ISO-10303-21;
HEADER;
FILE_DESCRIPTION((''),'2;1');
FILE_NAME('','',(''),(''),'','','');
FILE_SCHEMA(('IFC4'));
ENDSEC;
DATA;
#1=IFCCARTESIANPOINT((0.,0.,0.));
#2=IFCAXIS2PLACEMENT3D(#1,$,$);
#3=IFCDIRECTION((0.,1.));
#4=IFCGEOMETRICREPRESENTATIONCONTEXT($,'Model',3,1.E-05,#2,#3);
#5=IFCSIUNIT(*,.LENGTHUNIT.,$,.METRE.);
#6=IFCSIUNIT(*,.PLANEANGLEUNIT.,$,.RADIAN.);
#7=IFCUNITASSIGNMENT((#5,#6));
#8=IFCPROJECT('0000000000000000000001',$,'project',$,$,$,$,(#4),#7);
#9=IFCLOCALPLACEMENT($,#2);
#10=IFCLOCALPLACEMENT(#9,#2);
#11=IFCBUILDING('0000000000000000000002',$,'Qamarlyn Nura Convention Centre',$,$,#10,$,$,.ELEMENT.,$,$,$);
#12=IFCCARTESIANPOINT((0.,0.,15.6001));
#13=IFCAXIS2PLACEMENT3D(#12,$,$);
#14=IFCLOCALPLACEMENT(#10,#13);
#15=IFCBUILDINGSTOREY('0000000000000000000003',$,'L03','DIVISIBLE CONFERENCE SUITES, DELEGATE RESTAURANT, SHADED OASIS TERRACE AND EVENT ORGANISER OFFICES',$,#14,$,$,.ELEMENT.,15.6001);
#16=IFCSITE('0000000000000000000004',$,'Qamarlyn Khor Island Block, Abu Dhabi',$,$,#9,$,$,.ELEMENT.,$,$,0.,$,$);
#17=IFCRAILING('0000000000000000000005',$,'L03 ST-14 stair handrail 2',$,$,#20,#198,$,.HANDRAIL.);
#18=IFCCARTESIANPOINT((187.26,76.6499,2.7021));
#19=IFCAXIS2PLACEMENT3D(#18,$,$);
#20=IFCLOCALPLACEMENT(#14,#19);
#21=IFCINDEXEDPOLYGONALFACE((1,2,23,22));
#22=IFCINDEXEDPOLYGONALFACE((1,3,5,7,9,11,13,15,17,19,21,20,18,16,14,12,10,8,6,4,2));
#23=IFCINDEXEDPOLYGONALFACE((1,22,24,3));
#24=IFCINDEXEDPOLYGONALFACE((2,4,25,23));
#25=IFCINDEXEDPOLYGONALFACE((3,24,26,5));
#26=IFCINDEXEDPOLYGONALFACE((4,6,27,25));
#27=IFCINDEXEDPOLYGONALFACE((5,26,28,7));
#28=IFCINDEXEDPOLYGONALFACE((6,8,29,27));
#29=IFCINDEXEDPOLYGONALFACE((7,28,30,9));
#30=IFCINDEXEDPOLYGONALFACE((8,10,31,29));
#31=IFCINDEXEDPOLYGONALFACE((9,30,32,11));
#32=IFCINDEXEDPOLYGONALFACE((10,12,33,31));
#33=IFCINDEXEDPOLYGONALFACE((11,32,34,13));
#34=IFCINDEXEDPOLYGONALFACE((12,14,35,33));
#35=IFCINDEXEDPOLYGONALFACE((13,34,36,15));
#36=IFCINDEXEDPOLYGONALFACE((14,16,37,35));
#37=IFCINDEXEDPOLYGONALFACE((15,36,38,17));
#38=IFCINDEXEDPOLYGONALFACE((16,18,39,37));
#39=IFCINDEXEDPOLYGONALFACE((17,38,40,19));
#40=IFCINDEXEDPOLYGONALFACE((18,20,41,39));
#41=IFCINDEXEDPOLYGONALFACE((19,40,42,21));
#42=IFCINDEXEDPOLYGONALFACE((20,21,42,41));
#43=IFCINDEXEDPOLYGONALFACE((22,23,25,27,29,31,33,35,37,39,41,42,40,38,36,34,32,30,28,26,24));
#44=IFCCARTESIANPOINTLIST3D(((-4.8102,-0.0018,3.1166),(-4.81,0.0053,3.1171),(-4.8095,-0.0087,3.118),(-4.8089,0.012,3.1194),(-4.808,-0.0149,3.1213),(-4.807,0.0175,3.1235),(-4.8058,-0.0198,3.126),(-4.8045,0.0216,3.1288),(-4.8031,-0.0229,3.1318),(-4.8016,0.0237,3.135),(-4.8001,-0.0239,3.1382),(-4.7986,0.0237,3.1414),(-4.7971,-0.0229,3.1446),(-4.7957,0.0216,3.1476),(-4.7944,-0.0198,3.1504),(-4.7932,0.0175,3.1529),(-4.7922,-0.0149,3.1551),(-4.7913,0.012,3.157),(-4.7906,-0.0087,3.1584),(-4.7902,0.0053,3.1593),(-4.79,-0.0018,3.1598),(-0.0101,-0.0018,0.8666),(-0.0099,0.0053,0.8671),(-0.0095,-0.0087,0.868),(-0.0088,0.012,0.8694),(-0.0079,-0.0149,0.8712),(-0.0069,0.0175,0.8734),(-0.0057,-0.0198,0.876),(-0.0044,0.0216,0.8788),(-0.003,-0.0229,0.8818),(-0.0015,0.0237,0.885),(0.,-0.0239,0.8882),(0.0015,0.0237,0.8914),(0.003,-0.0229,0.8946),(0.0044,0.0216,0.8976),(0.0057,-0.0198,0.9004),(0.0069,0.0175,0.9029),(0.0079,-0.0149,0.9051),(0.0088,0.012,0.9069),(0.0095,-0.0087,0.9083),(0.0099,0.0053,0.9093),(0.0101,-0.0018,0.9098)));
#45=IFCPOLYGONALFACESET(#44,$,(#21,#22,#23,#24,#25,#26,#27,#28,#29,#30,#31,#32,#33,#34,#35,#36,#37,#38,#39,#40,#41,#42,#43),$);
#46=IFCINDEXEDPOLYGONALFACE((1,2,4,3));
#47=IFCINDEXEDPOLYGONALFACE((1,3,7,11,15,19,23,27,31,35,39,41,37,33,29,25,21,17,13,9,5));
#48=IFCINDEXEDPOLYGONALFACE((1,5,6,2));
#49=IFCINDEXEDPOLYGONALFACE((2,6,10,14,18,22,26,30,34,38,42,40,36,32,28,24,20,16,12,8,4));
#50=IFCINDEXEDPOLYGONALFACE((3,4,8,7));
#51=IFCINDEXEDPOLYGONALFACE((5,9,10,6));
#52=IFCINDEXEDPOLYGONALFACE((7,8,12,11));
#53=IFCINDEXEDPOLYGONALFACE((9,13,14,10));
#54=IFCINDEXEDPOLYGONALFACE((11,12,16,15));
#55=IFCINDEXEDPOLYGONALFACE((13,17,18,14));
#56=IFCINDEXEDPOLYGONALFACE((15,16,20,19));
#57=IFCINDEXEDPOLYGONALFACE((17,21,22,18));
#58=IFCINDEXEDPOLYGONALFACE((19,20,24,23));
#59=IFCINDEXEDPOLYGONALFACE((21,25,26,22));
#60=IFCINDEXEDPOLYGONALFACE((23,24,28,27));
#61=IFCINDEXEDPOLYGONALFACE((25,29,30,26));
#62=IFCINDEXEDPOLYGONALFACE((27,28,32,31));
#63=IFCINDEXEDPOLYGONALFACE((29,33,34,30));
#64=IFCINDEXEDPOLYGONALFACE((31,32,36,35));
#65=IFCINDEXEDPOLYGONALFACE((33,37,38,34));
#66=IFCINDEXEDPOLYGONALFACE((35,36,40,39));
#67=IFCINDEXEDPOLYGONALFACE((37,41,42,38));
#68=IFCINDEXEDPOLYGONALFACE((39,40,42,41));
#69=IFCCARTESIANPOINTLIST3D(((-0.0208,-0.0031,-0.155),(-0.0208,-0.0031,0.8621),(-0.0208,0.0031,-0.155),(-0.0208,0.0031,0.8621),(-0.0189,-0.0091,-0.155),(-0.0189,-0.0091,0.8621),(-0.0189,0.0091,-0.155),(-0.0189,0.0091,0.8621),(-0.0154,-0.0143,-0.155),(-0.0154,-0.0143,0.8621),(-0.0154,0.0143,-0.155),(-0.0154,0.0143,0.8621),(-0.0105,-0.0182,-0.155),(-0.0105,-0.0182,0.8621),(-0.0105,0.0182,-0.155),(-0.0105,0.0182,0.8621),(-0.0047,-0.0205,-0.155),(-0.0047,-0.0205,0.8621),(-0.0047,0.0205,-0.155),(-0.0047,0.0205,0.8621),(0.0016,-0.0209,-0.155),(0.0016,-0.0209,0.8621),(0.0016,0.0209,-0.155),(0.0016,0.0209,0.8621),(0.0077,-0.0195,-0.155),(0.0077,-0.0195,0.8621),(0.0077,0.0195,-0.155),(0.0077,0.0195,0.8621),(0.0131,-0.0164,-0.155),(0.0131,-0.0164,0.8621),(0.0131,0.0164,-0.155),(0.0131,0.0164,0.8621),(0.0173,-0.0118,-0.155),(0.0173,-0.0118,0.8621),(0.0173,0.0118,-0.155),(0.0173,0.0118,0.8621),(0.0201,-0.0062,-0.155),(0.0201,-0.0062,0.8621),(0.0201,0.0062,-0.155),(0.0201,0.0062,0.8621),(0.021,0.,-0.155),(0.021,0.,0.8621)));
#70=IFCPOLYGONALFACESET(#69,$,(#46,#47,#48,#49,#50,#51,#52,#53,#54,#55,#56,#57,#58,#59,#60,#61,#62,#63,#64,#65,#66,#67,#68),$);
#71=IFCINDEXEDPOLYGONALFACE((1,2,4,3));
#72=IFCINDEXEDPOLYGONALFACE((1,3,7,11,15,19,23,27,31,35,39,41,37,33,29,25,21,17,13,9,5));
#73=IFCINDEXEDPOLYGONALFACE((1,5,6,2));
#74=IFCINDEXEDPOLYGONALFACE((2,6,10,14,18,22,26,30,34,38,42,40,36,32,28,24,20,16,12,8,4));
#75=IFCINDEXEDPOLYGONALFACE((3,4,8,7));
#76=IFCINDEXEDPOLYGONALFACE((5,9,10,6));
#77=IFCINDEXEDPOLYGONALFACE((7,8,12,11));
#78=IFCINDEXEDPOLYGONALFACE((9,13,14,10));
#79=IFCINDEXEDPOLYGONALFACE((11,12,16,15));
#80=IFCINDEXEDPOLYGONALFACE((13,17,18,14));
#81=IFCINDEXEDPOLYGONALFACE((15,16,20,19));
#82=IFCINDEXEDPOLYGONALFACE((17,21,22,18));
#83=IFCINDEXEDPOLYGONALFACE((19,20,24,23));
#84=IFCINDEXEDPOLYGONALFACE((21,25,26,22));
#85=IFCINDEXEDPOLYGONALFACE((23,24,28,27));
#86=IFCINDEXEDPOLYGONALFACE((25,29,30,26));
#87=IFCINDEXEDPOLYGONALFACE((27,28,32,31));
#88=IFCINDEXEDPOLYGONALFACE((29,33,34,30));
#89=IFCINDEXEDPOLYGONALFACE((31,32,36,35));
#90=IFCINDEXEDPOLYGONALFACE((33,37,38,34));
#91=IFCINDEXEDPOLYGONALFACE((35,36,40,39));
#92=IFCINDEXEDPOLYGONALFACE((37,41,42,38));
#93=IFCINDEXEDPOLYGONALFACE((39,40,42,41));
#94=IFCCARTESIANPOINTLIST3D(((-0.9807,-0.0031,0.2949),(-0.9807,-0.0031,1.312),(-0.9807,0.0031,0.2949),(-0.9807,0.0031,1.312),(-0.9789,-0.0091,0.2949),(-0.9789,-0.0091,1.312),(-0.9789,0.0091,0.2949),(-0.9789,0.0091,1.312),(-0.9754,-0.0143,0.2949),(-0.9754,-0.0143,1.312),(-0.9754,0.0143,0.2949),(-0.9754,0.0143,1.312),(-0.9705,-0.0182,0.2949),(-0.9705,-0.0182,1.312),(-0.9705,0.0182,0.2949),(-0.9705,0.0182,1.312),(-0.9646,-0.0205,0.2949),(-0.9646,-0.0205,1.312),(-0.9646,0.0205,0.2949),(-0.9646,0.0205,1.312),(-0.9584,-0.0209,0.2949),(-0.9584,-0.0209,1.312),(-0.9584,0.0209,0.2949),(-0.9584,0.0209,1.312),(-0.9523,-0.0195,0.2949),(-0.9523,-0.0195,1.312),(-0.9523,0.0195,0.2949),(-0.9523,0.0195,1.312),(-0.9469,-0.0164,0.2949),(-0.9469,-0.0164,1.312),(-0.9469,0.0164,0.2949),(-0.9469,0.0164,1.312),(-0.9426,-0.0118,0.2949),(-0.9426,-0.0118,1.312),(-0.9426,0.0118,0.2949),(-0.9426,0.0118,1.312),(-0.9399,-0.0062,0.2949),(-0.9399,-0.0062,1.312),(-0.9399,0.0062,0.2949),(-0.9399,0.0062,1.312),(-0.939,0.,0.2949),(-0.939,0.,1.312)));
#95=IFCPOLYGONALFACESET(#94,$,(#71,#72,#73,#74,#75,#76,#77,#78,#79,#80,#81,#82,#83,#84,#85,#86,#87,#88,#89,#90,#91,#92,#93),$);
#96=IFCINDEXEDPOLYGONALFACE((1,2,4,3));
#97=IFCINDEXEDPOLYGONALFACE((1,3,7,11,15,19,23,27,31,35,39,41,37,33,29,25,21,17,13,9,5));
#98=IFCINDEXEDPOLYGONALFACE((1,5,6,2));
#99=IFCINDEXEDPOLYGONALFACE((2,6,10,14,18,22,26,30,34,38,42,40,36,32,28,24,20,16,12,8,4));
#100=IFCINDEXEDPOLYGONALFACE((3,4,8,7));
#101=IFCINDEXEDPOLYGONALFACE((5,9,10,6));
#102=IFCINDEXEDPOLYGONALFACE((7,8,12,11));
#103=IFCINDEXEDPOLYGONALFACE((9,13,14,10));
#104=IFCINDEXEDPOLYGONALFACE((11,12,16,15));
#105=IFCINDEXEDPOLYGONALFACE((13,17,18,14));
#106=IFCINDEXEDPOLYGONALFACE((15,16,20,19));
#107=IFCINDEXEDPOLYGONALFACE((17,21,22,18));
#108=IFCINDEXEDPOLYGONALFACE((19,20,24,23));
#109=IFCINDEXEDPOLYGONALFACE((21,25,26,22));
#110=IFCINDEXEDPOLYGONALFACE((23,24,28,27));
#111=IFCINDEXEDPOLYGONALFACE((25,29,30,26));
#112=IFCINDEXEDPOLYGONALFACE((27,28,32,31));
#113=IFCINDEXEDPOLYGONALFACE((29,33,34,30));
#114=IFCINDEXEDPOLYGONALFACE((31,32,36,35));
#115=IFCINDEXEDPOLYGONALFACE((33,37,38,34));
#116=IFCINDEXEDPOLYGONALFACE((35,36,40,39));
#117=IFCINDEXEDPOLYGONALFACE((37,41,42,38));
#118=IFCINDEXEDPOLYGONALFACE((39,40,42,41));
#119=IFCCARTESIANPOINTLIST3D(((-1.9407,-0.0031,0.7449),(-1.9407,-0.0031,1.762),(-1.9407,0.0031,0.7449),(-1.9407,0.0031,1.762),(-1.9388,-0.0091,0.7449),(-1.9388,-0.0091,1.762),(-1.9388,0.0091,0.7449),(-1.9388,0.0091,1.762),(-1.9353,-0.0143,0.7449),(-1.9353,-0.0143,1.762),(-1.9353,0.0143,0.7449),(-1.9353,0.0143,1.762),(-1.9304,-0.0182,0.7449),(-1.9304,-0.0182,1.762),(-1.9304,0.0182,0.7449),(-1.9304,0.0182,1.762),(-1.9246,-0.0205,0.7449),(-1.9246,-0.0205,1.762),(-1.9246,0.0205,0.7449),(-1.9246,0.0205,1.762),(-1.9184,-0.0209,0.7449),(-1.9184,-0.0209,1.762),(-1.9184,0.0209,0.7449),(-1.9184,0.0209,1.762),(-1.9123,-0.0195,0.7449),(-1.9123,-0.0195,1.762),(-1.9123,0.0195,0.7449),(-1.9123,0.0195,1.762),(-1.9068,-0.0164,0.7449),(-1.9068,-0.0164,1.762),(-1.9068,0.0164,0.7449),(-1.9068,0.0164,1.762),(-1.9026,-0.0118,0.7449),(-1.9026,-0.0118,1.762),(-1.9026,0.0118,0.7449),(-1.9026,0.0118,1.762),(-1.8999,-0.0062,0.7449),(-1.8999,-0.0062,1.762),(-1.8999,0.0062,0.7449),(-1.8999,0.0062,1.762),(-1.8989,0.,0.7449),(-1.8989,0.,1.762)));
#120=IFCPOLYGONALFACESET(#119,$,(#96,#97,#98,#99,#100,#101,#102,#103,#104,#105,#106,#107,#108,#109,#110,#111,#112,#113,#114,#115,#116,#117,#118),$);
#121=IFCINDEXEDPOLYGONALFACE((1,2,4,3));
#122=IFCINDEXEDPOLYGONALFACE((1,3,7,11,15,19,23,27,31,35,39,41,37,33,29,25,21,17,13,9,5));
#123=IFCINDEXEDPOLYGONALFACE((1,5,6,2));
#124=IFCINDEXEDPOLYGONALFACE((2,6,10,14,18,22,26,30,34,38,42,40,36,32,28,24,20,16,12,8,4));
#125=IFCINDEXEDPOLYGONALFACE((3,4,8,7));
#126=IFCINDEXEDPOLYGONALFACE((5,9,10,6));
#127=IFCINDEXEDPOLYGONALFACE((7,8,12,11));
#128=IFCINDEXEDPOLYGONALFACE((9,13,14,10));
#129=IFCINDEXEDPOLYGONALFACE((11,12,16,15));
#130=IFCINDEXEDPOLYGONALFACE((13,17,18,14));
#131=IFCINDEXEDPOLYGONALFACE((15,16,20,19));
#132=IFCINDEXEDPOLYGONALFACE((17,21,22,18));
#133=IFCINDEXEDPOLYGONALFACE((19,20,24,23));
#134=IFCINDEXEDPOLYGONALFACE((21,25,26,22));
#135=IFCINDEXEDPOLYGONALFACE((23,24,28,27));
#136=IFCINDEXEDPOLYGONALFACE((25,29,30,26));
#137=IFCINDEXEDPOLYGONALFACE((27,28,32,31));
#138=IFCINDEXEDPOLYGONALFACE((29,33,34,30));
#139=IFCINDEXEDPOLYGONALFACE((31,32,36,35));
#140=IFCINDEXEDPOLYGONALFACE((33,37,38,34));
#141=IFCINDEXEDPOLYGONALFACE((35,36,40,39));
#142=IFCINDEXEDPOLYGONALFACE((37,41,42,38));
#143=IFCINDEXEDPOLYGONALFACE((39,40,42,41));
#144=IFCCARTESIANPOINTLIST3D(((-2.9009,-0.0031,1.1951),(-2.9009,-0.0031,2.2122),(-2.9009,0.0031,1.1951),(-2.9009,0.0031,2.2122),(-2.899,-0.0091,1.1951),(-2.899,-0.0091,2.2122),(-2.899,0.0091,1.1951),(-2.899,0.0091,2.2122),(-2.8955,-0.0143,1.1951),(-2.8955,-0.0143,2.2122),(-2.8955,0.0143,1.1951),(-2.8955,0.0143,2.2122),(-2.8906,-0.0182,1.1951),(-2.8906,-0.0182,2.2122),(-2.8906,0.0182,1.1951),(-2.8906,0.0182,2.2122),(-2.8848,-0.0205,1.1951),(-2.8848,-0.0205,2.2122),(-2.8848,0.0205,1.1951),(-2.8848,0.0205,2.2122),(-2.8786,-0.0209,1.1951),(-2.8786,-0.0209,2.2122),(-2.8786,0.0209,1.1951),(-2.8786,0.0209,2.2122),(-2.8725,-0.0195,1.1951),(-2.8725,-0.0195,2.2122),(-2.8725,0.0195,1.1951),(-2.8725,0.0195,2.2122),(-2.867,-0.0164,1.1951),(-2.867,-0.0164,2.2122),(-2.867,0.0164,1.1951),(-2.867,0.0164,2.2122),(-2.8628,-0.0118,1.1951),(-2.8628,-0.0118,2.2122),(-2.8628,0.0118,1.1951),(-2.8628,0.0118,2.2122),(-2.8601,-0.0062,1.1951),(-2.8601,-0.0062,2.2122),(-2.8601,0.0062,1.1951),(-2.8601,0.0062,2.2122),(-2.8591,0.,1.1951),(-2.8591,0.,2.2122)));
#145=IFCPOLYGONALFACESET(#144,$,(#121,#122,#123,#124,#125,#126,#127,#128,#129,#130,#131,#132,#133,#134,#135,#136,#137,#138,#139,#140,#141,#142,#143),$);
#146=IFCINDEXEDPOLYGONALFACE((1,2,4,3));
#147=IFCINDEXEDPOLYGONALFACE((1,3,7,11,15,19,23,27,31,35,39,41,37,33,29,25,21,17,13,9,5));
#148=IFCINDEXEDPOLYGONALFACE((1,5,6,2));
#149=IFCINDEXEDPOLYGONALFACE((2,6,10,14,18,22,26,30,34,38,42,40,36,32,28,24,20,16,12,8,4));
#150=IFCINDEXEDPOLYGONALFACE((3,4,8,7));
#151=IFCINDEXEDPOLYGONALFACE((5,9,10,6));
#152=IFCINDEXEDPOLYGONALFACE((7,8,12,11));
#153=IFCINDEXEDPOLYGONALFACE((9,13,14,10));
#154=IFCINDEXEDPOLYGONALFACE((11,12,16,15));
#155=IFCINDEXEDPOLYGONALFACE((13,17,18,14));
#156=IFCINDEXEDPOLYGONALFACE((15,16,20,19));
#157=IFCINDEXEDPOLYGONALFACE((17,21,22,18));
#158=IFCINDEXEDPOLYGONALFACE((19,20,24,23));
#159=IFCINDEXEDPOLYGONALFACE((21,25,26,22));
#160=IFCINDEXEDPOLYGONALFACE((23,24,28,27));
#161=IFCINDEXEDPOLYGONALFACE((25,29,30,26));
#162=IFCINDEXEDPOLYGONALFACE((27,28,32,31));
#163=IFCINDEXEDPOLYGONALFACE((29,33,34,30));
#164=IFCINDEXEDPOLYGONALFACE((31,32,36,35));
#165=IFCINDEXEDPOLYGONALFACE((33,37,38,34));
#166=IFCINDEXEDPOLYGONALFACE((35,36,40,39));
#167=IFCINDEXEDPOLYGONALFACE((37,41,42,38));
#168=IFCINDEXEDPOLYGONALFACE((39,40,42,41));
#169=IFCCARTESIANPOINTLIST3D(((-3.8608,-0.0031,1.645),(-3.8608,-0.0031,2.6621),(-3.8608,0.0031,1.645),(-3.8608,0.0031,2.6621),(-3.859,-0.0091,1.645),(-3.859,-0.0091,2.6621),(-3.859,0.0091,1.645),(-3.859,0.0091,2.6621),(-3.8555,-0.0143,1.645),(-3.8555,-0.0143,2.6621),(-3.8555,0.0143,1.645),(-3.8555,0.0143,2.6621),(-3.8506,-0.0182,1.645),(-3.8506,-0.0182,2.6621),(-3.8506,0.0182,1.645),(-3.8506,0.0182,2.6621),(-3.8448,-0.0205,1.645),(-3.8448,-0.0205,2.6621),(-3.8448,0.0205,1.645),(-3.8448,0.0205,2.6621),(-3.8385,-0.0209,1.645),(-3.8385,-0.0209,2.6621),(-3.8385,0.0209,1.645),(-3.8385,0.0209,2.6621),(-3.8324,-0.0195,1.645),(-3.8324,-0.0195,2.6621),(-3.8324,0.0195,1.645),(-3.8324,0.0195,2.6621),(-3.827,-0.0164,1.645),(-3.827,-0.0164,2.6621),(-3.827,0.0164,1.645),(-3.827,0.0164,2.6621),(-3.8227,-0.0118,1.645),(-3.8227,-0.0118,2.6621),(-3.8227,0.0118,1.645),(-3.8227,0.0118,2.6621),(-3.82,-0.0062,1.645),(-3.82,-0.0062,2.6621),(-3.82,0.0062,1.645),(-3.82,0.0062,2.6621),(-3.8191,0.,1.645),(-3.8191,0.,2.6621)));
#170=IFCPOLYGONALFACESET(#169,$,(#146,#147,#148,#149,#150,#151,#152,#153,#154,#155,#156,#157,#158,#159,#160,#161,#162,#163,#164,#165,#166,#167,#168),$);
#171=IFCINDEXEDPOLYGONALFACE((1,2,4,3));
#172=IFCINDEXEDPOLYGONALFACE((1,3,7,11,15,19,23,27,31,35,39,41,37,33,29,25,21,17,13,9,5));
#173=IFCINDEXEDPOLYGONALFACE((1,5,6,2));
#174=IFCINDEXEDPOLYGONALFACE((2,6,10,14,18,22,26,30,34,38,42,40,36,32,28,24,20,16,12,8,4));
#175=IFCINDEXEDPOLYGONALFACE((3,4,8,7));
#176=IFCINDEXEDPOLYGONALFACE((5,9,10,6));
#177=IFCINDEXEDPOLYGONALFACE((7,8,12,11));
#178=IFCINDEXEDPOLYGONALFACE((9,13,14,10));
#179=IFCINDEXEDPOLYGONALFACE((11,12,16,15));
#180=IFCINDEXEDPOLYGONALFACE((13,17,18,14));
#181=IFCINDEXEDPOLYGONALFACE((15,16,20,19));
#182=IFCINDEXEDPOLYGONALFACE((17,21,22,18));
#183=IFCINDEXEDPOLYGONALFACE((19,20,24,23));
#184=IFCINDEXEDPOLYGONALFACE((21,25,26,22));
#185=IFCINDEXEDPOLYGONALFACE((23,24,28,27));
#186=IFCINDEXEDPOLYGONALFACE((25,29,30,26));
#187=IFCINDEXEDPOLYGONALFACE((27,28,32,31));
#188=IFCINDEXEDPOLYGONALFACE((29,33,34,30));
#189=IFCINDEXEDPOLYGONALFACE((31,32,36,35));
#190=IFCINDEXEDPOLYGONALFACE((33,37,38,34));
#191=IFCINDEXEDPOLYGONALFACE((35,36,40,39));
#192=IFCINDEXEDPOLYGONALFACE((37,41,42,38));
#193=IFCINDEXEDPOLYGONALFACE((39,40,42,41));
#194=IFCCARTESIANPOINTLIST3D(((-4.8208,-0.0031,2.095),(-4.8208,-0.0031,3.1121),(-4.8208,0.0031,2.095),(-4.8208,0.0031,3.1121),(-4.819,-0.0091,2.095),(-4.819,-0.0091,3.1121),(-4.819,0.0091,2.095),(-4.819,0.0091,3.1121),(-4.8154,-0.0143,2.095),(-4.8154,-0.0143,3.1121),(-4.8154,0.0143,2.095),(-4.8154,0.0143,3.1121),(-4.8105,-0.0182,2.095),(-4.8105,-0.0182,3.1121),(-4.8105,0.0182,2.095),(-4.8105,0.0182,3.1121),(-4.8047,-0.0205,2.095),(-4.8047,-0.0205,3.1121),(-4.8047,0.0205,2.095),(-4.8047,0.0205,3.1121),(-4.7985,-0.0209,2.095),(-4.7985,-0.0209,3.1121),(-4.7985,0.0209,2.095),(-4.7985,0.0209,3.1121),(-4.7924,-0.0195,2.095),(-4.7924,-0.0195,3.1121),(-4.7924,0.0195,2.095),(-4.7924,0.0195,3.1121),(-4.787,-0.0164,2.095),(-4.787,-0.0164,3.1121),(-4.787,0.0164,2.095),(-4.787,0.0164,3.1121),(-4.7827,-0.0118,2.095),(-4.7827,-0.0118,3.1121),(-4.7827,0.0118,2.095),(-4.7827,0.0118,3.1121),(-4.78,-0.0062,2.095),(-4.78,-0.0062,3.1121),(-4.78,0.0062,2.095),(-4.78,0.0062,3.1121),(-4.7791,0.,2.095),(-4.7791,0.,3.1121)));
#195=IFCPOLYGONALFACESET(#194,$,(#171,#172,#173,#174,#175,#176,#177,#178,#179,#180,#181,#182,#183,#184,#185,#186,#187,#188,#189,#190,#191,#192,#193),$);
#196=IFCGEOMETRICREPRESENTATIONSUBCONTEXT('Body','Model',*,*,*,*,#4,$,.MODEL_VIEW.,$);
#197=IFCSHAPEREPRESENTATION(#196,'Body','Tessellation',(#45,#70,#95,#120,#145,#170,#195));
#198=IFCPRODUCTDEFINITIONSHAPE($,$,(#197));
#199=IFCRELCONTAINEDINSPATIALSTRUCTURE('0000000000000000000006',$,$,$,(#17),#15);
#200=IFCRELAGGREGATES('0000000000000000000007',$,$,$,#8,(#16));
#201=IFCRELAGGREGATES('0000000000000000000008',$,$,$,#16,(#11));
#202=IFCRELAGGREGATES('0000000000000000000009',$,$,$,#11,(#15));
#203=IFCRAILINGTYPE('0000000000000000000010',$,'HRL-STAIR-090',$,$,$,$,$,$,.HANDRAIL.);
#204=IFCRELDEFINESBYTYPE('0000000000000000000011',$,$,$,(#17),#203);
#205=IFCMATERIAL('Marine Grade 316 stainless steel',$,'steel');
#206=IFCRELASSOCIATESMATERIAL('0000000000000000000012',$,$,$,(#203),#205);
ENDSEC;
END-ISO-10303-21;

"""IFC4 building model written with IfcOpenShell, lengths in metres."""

from ifc_helpers import new_model, si_unit, direction, frame, origin, origin_2d, place, context, subcontext, project, spatial, circle, extrude, material, type_object, element, save


model = new_model("IFC4")

# Units and contexts
model_context = context("Model", 3, precision=1e-05, world=origin(), true_north=direction((0.0, 1.0)))
body_context = subcontext(model_context, "Body", "Model", "MODEL_VIEW")
ifc_project = project(units=[si_unit("LENGTHUNIT", "METRE"), si_unit("PLANEANGLEUNIT", "RADIAN")], contexts=[model_context])

# Site, building, storey
site_placement = place(None, origin())
site = spatial("IfcSite", under=ifc_project, at=site_placement, Name="Qamarlyn Khor Island Block, Abu Dhabi", CompositionType="ELEMENT", RefElevation=0.0)
building_placement = place(site_placement, origin())
building = spatial("IfcBuilding", under=site, at=building_placement, Name="Qamarlyn Nura Convention Centre", CompositionType="ELEMENT")
storey_placement = place(building_placement, frame((0.0, 0.0, 15.6001)))
storey = spatial("IfcBuildingStorey", under=building, at=storey_placement, Name="L03", Description="DIVISIBLE CONFERENCE SUITES, DELEGATE RESTAURANT, SHADED OASIS TERRACE AND EVENT ORGANISER OFFICES", CompositionType="ELEMENT", Elevation=15.6001)

# Railing
ifc_material_1 = material(Name="Marine Grade 316 stainless steel", Category="steel")
railing_type_1 = type_object("IfcRailingType", Name="HRL-STAIR-090", PredefinedType="HANDRAIL", material=ifc_material_1)
railing_1_placement = place(storey_placement, frame((187.26, 76.6499, 2.7021)))
element("IfcRailing", 1, at=railing_1_placement, inside=storey, type_object=railing_type_1, Name="L03 ST-14 stair handrail 2", PredefinedType="HANDRAIL", context=body_context, shape_type="SweptSolid", body=[
    extrude(circle(Radius=0.0239, at=origin_2d()), frame((0.0, 0.0, 0.8882), z_axis=(-0.905461, 0.0, 0.42443), x_axis=(0.0, -1.0, 0.0)), (0.0, 0.0, 1.0), 5.3013),
    extrude(circle(Radius=0.021, at=origin_2d()), frame((0.0, 0.0, -0.155)), (0.0, 0.0, 1.0), 1.0171),
    extrude(circle(Radius=0.021, at=origin_2d()), frame((-0.96, 0.0, 0.2949)), (0.0, 0.0, 1.0), 1.0171),
    extrude(circle(Radius=0.021, at=origin_2d()), frame((-1.9199, 0.0, 0.7449)), (0.0, 0.0, 1.0), 1.0171),
    extrude(circle(Radius=0.021, at=origin_2d()), frame((-2.8801, 0.0, 1.1951)), (0.0, 0.0, 1.0), 1.0171),
    extrude(circle(Radius=0.021, at=origin_2d()), frame((-3.8401, 0.0, 1.645)), (0.0, 0.0, 1.0), 1.0171),
    extrude(circle(Radius=0.021, at=origin_2d()), frame((-4.8, 0.0, 2.095)), (0.0, 0.0, 1.0), 1.0171),
])

save(model, "model.ifc")
